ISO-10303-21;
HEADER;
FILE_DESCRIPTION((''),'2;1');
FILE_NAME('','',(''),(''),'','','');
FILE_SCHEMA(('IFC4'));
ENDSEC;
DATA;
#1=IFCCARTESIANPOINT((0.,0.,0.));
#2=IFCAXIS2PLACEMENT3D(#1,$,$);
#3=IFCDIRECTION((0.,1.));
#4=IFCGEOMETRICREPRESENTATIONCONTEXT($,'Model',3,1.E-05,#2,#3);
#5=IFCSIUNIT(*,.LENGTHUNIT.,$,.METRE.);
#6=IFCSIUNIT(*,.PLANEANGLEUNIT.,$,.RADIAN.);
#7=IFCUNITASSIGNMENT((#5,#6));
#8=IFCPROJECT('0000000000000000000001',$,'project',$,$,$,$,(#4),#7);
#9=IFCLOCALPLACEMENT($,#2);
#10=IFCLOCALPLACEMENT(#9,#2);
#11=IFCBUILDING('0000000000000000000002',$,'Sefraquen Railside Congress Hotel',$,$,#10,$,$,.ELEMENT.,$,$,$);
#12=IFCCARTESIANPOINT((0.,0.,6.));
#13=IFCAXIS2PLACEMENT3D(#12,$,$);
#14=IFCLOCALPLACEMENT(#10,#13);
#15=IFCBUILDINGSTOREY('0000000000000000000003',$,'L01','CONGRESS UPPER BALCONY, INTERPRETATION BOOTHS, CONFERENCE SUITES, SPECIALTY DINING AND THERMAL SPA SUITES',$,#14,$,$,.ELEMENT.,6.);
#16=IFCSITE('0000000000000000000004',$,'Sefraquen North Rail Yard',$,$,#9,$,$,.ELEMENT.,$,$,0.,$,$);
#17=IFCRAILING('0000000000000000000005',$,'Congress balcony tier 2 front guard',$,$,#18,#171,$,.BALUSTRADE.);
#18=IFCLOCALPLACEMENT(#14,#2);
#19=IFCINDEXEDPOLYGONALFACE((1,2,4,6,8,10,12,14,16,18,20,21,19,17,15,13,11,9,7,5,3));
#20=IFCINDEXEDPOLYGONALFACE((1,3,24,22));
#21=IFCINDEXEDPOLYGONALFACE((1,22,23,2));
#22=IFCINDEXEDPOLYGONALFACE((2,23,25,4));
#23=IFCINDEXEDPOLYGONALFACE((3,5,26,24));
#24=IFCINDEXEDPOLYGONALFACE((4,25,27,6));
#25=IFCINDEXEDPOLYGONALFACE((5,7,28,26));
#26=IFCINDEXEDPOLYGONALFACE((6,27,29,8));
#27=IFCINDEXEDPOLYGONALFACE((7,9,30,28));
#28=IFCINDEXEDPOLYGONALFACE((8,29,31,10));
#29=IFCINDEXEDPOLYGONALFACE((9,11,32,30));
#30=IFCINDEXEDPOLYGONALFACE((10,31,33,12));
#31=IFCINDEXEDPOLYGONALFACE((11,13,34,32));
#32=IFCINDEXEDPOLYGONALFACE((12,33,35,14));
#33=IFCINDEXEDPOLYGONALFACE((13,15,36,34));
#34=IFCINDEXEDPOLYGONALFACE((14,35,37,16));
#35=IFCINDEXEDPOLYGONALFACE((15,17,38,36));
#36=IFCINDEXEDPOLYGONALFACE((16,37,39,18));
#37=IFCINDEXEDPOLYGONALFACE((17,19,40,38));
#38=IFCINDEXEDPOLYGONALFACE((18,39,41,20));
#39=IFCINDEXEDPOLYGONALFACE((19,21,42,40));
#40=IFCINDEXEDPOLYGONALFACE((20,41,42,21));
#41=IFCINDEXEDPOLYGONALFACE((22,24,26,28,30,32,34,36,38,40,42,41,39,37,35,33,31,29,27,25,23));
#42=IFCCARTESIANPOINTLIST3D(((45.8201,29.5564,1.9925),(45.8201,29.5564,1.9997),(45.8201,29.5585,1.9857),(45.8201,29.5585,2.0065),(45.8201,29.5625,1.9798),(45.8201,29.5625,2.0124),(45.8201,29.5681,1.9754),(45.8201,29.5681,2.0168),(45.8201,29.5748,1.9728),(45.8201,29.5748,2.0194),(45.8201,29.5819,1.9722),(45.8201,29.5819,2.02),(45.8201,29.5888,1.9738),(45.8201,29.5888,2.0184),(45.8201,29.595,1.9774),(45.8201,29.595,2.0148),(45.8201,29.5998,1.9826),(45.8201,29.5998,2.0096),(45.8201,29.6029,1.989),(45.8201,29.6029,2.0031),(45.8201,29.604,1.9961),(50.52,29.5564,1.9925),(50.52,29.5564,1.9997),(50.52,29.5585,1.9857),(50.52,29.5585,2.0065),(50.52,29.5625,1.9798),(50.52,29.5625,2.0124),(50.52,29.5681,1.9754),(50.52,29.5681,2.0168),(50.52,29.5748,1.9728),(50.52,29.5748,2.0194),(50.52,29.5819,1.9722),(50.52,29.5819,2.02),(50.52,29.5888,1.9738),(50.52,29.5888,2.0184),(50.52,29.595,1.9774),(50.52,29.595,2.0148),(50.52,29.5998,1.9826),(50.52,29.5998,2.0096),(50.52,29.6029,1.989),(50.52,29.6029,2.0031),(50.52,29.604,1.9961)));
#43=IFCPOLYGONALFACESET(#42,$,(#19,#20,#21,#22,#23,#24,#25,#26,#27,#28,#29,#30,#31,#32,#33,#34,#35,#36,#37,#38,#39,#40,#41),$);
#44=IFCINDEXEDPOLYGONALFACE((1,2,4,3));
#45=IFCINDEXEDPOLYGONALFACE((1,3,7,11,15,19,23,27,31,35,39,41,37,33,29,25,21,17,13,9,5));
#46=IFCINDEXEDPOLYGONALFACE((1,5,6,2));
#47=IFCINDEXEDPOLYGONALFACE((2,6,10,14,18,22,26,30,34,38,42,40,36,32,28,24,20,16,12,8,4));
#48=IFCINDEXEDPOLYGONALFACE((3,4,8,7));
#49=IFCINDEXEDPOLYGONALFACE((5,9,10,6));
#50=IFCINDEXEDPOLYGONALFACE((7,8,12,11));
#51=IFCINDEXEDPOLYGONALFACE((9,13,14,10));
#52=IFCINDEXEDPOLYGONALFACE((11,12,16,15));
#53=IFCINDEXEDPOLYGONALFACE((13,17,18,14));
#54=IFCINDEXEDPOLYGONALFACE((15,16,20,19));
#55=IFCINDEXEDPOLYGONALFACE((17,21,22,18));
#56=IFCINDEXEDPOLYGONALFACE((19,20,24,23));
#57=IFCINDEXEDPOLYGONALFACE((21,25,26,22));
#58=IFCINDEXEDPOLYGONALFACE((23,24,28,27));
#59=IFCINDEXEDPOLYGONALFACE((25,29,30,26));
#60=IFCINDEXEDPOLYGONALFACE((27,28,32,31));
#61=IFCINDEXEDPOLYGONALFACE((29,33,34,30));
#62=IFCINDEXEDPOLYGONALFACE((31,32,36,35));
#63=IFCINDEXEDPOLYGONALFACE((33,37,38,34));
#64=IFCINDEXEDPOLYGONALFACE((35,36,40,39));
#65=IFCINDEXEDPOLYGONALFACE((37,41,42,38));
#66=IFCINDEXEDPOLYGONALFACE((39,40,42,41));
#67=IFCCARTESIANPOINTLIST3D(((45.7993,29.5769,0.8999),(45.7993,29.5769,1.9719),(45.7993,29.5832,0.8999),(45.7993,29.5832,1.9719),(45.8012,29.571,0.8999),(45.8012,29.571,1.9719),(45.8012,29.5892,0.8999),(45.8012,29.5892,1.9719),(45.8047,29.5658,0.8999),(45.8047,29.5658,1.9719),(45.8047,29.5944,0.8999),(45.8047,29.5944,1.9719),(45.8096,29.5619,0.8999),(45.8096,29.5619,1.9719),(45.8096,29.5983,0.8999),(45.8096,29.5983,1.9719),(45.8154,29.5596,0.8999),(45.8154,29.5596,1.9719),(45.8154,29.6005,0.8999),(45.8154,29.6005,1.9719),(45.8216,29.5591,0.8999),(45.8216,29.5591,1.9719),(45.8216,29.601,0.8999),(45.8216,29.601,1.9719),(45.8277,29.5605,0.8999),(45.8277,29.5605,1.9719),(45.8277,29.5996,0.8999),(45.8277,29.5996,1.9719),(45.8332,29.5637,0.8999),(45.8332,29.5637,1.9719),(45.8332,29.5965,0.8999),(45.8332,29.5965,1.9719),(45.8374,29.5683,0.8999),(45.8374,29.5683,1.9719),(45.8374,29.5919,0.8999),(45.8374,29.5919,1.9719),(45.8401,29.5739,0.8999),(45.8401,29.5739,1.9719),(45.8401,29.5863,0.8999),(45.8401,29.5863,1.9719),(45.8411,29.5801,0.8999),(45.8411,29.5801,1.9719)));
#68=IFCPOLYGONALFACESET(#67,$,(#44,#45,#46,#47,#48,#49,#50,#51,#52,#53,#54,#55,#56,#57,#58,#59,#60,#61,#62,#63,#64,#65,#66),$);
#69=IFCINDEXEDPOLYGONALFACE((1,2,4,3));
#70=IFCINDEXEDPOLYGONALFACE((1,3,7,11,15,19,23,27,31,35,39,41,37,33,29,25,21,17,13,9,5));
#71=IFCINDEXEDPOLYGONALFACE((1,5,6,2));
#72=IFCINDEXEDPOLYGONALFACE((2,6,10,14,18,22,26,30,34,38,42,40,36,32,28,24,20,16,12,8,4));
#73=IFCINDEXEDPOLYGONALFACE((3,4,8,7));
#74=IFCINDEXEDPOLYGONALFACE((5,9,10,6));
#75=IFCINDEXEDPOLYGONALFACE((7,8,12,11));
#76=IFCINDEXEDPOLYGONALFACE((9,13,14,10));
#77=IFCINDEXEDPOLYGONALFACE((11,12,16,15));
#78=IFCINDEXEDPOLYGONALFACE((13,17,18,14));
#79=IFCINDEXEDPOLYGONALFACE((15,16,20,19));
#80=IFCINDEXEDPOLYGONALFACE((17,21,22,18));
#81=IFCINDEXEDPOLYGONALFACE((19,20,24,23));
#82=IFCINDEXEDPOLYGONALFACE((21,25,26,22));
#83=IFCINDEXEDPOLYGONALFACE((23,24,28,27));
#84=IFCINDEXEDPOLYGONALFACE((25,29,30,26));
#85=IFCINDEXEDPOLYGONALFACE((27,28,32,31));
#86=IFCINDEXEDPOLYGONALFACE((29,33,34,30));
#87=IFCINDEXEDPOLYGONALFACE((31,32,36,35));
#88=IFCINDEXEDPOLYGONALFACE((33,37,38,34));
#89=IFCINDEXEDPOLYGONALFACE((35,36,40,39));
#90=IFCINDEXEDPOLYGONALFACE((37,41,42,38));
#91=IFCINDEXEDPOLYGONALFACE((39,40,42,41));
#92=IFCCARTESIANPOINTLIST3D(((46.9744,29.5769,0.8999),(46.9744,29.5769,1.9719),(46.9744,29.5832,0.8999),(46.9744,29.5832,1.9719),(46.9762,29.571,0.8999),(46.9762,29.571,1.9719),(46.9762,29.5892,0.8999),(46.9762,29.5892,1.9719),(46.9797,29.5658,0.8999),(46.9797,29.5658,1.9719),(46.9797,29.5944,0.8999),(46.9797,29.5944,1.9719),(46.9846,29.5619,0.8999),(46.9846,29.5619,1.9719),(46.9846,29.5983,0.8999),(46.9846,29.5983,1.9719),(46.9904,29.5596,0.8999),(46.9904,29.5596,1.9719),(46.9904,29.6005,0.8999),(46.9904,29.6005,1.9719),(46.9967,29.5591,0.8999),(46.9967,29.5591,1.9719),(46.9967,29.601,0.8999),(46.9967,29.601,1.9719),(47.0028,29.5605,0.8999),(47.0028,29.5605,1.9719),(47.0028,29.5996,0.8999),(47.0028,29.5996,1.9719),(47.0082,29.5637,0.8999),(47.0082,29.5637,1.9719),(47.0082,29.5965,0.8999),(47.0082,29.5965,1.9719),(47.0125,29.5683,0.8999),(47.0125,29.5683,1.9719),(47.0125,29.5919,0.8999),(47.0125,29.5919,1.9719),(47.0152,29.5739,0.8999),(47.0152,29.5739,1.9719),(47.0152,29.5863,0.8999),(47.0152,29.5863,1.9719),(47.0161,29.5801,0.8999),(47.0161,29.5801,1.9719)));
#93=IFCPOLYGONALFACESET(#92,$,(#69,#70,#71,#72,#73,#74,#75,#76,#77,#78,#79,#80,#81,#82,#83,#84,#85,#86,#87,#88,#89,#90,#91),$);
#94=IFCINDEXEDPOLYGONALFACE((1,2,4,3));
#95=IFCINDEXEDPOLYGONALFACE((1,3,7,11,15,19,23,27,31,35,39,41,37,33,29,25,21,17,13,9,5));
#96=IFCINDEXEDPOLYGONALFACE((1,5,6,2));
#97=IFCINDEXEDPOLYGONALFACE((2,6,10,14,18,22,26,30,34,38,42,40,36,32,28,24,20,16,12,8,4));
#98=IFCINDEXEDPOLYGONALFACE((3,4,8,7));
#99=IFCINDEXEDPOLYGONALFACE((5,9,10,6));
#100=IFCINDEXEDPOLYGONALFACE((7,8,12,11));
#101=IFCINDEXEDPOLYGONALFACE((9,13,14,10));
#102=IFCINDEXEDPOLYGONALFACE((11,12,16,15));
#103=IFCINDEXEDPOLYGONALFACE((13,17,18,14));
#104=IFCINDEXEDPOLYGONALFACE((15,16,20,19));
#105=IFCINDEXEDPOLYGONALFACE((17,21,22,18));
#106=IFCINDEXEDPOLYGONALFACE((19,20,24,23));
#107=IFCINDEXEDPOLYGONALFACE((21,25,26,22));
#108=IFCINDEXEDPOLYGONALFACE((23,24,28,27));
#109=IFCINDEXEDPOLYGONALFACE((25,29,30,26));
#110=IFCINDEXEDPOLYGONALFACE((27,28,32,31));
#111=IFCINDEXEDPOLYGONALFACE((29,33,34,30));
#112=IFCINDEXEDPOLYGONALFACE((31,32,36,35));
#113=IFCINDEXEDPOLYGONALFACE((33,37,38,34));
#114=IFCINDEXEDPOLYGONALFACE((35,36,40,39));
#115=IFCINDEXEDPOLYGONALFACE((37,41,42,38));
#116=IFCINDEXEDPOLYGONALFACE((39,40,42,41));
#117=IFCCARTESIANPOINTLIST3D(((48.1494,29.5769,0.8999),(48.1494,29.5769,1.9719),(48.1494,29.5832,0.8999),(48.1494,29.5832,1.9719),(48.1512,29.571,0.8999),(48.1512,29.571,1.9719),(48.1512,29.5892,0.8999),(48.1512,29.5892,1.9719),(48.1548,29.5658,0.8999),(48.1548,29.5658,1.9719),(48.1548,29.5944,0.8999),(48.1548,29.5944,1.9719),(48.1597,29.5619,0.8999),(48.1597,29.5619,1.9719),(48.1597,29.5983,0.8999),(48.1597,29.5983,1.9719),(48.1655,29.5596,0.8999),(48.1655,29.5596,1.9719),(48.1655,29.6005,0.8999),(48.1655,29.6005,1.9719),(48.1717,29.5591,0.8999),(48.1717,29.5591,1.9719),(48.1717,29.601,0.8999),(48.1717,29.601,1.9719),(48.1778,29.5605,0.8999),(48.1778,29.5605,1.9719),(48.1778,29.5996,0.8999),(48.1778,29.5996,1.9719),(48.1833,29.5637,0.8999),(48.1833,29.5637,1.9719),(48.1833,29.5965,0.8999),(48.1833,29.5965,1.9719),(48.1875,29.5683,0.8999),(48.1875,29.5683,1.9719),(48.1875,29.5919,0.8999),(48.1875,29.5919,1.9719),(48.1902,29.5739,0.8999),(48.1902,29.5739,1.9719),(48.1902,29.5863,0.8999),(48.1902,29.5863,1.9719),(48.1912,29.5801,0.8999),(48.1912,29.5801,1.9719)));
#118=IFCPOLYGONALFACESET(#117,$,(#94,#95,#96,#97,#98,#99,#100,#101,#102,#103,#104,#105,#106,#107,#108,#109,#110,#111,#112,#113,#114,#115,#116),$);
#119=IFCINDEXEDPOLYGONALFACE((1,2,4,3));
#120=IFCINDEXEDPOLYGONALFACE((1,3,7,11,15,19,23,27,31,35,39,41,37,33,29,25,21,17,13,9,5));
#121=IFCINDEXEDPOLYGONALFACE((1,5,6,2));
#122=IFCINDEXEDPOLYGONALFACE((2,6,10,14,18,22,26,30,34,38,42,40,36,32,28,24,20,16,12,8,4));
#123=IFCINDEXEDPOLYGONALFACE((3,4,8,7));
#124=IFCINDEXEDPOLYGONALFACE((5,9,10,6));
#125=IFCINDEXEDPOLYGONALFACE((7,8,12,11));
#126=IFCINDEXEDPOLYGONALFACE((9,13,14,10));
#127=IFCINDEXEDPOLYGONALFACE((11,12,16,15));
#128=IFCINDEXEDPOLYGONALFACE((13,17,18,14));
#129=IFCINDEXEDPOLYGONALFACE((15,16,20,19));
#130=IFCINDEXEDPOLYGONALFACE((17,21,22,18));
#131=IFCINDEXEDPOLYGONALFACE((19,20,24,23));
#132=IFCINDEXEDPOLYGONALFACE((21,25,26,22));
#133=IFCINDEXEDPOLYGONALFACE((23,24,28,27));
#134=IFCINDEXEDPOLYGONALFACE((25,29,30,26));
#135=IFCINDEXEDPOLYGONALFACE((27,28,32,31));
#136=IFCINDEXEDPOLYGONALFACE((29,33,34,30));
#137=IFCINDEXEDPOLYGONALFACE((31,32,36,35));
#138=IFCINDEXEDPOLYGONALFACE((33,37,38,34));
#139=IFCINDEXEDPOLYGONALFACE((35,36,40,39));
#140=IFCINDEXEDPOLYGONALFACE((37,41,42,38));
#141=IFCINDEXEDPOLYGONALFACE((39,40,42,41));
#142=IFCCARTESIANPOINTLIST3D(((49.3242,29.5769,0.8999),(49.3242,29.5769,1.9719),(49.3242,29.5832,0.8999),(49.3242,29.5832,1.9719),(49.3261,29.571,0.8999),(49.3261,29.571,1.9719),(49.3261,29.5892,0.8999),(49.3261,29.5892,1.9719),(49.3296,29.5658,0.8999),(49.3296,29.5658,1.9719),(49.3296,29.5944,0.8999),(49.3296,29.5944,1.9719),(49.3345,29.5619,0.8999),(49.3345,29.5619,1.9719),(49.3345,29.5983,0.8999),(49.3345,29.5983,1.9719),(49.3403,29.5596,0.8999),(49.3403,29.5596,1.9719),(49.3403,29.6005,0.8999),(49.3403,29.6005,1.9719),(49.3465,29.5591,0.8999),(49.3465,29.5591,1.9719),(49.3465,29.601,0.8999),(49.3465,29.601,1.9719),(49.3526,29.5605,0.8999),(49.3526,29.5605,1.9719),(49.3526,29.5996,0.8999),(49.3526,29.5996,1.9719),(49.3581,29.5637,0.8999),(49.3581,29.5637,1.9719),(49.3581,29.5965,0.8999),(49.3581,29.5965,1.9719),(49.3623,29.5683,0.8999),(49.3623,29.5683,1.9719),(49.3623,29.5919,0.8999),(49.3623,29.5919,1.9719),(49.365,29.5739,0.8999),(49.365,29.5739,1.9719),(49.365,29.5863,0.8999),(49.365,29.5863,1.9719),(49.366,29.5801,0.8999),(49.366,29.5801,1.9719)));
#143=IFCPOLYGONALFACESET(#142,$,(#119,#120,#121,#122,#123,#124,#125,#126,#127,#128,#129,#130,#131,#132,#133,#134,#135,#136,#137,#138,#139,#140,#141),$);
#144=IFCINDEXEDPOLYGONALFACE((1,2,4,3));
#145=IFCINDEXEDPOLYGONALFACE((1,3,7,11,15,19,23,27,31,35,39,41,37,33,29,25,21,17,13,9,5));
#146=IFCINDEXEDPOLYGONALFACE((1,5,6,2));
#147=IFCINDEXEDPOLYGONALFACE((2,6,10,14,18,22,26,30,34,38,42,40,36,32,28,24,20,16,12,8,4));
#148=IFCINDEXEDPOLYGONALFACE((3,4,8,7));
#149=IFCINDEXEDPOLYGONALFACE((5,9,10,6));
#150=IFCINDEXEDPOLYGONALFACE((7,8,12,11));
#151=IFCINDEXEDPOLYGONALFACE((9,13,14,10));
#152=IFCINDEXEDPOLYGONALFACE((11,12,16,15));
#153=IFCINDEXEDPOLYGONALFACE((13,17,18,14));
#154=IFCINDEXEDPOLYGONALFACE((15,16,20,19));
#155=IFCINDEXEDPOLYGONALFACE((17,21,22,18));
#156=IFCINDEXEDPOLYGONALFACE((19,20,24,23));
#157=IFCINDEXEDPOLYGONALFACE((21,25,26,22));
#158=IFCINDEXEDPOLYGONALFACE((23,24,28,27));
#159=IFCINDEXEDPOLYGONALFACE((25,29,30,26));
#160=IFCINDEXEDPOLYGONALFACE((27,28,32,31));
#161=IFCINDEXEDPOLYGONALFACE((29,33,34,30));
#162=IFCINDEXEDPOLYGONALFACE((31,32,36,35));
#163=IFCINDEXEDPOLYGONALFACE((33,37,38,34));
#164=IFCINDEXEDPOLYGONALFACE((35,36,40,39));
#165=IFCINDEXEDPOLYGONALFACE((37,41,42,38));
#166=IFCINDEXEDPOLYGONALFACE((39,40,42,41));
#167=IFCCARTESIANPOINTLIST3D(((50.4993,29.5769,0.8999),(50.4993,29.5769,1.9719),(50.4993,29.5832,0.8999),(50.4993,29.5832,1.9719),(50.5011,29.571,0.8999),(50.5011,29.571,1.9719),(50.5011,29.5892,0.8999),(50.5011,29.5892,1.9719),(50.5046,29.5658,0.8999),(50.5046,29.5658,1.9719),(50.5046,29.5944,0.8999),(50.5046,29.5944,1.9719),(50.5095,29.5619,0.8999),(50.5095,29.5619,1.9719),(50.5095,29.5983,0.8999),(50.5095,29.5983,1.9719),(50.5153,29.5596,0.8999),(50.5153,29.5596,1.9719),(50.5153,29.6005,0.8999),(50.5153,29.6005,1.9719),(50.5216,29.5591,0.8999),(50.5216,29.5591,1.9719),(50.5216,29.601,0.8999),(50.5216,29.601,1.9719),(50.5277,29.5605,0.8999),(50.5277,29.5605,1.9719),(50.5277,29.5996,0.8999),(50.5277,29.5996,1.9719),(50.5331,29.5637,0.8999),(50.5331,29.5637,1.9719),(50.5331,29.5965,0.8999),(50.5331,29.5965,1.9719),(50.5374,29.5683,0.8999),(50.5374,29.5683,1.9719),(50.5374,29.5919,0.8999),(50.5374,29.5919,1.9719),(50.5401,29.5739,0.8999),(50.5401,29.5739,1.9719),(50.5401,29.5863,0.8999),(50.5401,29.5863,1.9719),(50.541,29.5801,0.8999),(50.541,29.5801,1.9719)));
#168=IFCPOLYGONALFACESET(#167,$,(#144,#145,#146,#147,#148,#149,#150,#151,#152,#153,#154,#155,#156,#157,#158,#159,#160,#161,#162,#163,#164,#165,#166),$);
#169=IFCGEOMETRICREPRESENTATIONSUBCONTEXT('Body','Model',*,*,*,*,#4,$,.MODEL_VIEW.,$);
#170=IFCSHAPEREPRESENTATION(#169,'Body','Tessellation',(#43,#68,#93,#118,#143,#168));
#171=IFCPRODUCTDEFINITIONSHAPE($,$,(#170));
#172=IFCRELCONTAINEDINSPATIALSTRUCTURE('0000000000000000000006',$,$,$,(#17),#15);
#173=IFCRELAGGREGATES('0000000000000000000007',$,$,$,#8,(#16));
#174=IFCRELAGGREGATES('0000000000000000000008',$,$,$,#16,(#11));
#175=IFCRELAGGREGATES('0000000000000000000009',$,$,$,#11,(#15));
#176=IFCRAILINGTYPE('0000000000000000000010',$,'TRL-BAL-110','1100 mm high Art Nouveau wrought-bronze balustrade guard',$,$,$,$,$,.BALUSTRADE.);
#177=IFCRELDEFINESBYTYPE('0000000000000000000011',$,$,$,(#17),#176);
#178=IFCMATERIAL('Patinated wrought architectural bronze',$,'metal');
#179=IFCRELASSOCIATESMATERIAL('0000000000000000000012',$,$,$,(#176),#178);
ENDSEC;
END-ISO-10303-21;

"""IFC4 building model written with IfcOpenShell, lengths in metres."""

from ifc_helpers import new_model, si_unit, direction, frame, origin, origin_2d, place, context, subcontext, project, spatial, circle, extrude, material, type_object, element, save


model = new_model("IFC4")

# Units and contexts
model_context = context("Model", 3, precision=1e-05, world=origin(), true_north=direction((0.0, 1.0)))
body_context = subcontext(model_context, "Body", "Model", "MODEL_VIEW")
ifc_project = project(units=[si_unit("LENGTHUNIT", "METRE"), si_unit("PLANEANGLEUNIT", "RADIAN")], contexts=[model_context])

# Site, building, storey
site_placement = place(None, origin())
site = spatial("IfcSite", under=ifc_project, at=site_placement, Name="Sefraquen North Rail Yard", CompositionType="ELEMENT", RefElevation=0.0)
building_placement = place(site_placement, origin())
building = spatial("IfcBuilding", under=site, at=building_placement, Name="Sefraquen Railside Congress Hotel", CompositionType="ELEMENT")
storey_placement = place(building_placement, frame((0.0, 0.0, 6.0)))
storey = spatial("IfcBuildingStorey", under=building, at=storey_placement, Name="L01", Description="CONGRESS UPPER BALCONY, INTERPRETATION BOOTHS, CONFERENCE SUITES, SPECIALTY DINING AND THERMAL SPA SUITES", CompositionType="ELEMENT", Elevation=6.0)

# Railing
ifc_material_1 = material(Name="Patinated wrought architectural bronze", Category="metal")
railing_type = type_object("IfcRailingType", Name="TRL-BAL-110", Description="1100 mm high Art Nouveau wrought-bronze balustrade guard", PredefinedType="BALUSTRADE", material=ifc_material_1)
railing_1_placement = place(storey_placement, frame((45.8201, 29.5801, 0.8999)))
element("IfcRailing", 1, at=railing_1_placement, inside=storey, type_object=railing_type, Name="Congress balcony tier 2 front guard", PredefinedType="BALUSTRADE", context=body_context, shape_type="SweptSolid", body=[
    extrude(circle(Radius=0.0239, at=origin_2d()), frame((0.0, 0.0, 1.0962), z_axis=(1.0, 0.0, 0.0), x_axis=(0.0, 1.0, 0.0)), (0.0, 0.0, 1.0), 4.7),
    extrude(circle(Radius=0.021, at=origin_2d()), origin(), (0.0, 0.0, 1.0), 1.072),
    extrude(circle(Radius=0.021, at=origin_2d()), frame((1.175, 0.0, 0.0)), (0.0, 0.0, 1.0), 1.072),
    extrude(circle(Radius=0.021, at=origin_2d()), frame((2.3501, 0.0, 0.0)), (0.0, 0.0, 1.0), 1.072),
    extrude(circle(Radius=0.021, at=origin_2d()), frame((3.5249, 0.0, 0.0)), (0.0, 0.0, 1.0), 1.072),
    extrude(circle(Radius=0.021, at=origin_2d()), frame((4.7, 0.0, 0.0)), (0.0, 0.0, 1.0), 1.072),
])

save(model, "model.ifc")
